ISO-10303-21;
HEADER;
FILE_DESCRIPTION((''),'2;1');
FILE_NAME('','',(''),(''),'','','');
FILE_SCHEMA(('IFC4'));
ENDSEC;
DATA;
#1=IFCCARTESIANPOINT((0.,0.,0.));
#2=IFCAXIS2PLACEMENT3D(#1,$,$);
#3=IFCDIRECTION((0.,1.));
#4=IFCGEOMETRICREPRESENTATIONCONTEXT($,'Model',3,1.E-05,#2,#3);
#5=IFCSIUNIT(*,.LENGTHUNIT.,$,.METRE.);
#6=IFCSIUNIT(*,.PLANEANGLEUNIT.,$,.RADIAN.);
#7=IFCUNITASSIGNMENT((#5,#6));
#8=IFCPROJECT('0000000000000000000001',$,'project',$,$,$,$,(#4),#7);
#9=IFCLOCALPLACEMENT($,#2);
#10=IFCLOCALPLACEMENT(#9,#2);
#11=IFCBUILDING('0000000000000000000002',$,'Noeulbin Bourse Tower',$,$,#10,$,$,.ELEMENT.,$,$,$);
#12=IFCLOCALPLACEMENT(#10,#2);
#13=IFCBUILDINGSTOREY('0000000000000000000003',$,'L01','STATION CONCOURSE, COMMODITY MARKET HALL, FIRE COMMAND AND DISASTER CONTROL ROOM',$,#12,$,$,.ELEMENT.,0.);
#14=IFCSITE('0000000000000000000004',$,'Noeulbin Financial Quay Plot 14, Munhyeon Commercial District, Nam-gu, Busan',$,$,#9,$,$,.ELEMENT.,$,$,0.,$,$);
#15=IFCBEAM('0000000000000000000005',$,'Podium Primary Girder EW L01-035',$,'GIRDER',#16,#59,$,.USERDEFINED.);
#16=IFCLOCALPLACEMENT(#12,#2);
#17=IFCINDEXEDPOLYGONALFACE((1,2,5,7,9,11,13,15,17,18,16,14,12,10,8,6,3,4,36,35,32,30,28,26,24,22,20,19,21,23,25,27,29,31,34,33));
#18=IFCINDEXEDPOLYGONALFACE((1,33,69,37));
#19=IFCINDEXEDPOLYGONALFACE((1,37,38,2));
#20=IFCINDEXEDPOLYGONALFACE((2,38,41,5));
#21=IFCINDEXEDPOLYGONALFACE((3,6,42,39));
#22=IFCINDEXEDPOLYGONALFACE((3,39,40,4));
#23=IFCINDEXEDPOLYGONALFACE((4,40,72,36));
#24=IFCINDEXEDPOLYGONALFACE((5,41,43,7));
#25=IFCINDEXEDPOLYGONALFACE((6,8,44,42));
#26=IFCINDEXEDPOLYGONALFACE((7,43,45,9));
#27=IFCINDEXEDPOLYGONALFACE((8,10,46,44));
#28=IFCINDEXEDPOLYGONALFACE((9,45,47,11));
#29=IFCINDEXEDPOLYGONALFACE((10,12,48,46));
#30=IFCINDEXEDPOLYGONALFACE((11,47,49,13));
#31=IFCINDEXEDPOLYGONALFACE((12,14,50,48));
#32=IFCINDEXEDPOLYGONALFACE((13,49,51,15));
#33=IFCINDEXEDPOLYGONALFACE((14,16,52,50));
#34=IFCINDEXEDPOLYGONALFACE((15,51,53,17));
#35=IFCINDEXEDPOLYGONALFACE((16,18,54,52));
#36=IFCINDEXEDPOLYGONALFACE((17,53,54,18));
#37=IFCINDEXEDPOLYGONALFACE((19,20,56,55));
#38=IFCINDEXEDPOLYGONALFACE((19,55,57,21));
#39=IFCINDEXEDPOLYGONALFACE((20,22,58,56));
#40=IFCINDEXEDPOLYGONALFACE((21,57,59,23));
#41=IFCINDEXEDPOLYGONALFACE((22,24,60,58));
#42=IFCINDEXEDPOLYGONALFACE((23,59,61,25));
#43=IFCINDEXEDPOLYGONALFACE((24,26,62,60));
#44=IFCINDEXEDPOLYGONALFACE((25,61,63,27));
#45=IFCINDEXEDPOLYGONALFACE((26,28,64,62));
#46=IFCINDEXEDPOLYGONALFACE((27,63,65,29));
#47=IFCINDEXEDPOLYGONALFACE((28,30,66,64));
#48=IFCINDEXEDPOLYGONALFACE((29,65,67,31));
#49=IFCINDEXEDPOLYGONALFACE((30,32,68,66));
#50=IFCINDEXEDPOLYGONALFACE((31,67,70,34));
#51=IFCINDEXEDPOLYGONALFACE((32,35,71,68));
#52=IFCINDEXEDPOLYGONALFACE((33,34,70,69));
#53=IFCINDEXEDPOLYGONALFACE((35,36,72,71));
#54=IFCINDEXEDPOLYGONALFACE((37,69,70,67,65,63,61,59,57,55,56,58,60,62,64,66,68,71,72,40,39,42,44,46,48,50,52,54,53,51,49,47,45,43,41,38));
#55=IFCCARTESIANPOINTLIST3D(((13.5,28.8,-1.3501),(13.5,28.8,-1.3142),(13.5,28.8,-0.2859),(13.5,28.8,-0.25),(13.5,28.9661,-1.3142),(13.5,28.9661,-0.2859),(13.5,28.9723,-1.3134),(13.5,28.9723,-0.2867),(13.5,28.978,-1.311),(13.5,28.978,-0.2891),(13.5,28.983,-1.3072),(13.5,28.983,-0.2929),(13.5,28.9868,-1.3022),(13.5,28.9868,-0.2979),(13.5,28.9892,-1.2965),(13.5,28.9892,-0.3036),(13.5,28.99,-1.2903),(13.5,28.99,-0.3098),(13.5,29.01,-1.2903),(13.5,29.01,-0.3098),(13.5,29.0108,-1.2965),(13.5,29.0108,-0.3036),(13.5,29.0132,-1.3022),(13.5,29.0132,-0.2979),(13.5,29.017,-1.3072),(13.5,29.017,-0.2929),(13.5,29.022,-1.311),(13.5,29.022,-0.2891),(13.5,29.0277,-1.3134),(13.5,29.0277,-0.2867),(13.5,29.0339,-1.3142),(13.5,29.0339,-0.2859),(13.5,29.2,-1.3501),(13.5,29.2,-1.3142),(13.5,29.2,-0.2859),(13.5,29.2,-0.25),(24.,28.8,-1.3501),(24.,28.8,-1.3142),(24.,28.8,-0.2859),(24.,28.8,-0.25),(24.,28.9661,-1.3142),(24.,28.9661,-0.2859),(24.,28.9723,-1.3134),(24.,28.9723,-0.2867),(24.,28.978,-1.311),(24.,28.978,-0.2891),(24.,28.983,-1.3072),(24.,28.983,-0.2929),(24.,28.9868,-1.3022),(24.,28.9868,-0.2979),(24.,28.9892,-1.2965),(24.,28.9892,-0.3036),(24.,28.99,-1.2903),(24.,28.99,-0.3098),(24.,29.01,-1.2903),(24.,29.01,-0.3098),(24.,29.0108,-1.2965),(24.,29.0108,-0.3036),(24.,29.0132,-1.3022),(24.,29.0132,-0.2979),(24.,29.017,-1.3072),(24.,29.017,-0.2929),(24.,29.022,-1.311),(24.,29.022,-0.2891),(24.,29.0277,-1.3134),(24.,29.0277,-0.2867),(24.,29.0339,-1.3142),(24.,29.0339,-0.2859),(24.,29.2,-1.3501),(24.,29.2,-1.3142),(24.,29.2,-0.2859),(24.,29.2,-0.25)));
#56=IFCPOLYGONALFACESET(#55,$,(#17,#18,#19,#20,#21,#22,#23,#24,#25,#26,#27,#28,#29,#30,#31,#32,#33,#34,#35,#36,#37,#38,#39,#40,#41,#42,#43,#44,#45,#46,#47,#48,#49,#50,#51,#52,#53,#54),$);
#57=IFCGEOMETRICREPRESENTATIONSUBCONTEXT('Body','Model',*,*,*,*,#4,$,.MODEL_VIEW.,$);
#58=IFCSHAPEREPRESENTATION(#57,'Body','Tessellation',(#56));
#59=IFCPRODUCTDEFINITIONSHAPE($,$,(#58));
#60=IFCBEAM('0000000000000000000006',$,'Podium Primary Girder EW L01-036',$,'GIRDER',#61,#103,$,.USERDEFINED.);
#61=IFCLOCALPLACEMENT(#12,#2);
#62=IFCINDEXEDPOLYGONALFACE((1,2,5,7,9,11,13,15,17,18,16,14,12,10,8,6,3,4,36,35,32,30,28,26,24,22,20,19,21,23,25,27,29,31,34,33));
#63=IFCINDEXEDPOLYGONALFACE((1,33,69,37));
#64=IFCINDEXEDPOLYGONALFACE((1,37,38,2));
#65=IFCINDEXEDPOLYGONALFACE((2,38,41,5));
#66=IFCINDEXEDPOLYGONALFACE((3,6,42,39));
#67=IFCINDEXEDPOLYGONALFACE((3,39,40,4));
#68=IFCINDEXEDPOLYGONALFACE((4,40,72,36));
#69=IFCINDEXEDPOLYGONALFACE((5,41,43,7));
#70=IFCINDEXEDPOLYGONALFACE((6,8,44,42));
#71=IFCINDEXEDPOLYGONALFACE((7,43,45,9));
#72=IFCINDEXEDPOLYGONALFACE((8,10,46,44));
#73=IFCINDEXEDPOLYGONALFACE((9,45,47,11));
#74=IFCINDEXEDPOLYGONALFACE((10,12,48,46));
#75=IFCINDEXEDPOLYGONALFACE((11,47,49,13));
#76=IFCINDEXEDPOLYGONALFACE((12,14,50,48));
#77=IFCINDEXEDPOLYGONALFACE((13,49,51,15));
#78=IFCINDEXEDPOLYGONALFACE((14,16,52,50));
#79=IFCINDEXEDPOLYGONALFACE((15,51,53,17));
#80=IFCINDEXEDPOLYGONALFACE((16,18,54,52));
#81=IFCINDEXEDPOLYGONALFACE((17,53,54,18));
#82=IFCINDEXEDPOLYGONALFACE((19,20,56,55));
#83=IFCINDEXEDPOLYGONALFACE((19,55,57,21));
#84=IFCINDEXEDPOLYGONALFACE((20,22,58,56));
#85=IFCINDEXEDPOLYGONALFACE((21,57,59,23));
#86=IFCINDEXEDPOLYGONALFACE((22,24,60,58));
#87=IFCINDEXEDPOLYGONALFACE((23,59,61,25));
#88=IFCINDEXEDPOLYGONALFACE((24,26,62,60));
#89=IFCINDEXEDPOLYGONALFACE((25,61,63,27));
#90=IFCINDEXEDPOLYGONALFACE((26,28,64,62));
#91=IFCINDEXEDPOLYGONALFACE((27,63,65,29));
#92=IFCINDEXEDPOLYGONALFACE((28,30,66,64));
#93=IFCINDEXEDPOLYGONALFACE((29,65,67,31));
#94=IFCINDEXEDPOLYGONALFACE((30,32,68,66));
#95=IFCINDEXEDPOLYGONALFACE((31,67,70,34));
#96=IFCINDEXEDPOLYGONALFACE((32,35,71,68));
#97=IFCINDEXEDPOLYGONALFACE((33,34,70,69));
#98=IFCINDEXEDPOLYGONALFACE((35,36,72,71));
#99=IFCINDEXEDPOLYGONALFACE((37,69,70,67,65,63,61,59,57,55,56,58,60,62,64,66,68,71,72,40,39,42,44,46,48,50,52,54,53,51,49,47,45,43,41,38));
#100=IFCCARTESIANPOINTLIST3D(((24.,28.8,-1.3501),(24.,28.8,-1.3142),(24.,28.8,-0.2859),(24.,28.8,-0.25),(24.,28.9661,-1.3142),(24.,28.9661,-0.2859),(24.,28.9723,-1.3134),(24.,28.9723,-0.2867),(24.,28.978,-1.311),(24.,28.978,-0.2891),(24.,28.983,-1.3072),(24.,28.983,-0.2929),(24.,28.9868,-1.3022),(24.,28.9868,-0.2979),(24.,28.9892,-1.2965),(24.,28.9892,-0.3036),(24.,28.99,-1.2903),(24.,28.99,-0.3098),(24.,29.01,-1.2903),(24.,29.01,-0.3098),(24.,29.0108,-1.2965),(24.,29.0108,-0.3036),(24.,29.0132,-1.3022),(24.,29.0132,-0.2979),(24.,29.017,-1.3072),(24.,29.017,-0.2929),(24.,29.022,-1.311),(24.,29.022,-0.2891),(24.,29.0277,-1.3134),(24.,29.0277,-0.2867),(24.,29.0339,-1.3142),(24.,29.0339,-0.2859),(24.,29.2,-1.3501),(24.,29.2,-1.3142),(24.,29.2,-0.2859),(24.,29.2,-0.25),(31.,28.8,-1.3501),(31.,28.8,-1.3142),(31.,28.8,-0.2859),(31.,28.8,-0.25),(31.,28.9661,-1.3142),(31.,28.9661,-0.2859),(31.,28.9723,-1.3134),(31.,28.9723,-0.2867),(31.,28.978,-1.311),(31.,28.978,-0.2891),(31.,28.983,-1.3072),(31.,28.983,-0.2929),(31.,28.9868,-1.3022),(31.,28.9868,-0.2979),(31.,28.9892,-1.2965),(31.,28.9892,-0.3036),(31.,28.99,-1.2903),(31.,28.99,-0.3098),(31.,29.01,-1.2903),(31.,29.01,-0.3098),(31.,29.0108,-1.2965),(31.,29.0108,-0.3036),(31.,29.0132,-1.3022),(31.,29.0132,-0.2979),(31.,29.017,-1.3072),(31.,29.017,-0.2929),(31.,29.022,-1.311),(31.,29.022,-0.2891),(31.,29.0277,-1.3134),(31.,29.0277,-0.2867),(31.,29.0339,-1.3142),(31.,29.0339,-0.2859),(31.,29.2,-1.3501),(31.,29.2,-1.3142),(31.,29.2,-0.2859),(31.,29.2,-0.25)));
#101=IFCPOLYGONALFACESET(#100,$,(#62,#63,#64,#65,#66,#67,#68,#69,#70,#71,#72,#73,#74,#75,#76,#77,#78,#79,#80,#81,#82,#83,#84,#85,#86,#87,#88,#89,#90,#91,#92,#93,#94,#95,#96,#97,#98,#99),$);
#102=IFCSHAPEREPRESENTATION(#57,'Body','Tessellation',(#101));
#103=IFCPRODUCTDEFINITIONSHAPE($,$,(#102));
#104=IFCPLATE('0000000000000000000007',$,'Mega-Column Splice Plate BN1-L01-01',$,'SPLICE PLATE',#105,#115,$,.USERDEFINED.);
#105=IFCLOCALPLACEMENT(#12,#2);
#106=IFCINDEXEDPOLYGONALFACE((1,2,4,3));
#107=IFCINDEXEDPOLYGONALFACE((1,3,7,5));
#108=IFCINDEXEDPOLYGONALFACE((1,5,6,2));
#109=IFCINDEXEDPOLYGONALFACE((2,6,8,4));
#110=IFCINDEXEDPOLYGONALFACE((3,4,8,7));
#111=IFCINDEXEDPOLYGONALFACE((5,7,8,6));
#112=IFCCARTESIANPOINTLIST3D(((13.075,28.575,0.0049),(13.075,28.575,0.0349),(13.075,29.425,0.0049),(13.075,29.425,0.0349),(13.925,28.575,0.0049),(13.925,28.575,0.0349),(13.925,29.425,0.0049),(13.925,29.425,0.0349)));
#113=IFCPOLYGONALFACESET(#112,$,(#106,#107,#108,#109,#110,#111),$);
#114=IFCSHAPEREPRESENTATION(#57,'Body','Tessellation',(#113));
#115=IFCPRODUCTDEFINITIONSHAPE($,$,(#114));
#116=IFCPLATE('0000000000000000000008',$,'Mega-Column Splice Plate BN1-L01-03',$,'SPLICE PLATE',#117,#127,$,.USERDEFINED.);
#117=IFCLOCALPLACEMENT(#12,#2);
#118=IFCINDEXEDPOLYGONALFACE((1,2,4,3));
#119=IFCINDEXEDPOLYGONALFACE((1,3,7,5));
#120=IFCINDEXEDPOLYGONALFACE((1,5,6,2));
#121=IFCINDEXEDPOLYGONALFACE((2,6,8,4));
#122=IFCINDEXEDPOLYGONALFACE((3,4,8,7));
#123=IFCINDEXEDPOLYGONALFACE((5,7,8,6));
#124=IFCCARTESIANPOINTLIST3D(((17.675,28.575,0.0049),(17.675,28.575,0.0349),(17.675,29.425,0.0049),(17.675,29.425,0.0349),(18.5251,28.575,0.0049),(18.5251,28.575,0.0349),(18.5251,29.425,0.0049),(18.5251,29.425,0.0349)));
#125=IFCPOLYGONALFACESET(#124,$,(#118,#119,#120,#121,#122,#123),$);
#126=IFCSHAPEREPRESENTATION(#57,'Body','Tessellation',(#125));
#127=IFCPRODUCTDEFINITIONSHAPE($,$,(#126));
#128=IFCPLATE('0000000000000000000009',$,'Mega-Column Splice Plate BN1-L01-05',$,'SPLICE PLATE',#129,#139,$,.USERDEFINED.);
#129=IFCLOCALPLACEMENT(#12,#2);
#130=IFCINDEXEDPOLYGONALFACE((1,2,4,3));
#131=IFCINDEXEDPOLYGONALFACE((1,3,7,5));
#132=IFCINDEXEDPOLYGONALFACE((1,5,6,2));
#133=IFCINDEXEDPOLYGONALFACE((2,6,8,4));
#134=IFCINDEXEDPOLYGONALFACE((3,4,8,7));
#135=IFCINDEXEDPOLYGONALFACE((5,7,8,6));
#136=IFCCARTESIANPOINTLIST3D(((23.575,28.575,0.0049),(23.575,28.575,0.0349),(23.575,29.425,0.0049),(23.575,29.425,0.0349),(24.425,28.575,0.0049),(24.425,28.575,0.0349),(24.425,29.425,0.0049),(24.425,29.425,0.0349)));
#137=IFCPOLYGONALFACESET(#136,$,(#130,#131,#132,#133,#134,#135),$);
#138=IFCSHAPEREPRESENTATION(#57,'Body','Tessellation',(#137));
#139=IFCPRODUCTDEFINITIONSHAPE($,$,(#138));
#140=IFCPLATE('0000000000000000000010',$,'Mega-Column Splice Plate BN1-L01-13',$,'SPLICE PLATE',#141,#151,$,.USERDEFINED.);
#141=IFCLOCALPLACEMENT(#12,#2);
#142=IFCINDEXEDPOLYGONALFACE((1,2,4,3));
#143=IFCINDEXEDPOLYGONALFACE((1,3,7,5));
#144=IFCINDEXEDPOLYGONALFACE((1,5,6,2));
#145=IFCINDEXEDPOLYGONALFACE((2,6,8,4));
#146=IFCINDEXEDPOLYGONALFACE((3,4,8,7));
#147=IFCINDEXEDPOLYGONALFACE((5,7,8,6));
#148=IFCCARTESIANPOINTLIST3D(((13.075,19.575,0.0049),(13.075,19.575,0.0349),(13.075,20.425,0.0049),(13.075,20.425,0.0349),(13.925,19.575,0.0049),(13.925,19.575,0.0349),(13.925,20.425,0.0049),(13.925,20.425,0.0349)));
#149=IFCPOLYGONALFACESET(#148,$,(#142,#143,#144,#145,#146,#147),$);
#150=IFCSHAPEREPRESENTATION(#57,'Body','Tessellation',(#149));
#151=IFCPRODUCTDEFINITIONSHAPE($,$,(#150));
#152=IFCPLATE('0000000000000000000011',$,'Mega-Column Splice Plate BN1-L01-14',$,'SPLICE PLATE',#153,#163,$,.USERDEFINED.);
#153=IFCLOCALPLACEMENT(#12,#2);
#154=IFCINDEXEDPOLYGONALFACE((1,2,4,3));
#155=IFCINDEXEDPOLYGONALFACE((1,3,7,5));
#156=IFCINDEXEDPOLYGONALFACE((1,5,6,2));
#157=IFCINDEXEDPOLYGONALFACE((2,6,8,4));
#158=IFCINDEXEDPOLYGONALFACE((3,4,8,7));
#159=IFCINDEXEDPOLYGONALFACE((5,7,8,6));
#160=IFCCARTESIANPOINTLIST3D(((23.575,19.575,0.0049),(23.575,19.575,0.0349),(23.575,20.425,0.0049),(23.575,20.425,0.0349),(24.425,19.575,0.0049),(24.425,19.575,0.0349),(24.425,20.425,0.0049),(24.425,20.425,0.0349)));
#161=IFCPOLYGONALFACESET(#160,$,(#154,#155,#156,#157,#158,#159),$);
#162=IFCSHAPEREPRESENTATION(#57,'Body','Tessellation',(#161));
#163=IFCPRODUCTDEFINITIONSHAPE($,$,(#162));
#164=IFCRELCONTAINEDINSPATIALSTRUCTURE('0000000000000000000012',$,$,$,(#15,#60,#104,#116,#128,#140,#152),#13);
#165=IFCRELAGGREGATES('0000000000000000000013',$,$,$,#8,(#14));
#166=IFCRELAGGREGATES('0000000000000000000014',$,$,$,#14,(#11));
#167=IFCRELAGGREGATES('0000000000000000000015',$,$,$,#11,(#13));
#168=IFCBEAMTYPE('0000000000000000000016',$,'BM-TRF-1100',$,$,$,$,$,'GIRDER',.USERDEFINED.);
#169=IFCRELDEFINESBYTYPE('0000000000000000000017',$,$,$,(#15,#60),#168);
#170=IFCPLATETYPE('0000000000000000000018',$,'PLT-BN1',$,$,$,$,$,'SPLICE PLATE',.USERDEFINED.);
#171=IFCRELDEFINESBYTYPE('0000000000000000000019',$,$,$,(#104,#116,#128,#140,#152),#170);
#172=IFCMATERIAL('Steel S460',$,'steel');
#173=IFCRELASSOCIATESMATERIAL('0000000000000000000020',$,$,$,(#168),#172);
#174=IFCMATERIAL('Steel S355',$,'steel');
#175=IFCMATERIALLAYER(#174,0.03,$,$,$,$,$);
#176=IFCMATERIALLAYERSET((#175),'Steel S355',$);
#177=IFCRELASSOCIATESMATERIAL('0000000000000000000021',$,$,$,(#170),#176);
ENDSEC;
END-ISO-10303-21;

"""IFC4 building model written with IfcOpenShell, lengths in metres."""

from ifc_helpers import new_model, si_unit, direction, frame, origin, origin_2d, place, context, subcontext, project, spatial, rectangle, i_section, extrude, material, layer, layer_set, material_profile, profile_set, type_object, element, save


model = new_model("IFC4")

# Units and contexts
model_context = context("Model", 3, precision=1e-05, world=origin(), true_north=direction((0.0, 1.0)))
body_context = subcontext(model_context, "Body", "Model", "MODEL_VIEW")
ifc_project = project(units=[si_unit("LENGTHUNIT", "METRE"), si_unit("PLANEANGLEUNIT", "RADIAN")], contexts=[model_context])

# Site, building, storey
site_placement = place(None, origin())
site = spatial("IfcSite", under=ifc_project, at=site_placement, Name="Noeulbin Financial Quay Plot 14, Munhyeon Commercial District, Nam-gu, Busan", CompositionType="ELEMENT", RefElevation=0.0)
building_placement = place(site_placement, origin())
building = spatial("IfcBuilding", under=site, at=building_placement, Name="Noeulbin Bourse Tower", CompositionType="ELEMENT")
storey_placement = place(building_placement, origin())
storey = spatial("IfcBuildingStorey", under=building, at=storey_placement, Name="L01", Description="STATION CONCOURSE, COMMODITY MARKET HALL, FIRE COMMAND AND DISASTER CONTROL ROOM", CompositionType="ELEMENT", Elevation=0.0)

# Shared definitions
ifc_material_1 = material(Name="Steel S460", Category="steel")

# Beams
ifc_material_2 = material(Name="Steel S355", Category="steel")
ifc_material_profile_1 = material_profile(ifc_material_1, i_section(OverallWidth=0.3999, OverallDepth=1.1001, WebThickness=0.02, FlangeThickness=0.0359, FilletRadius=0.0239, at=origin_2d()), Name="PG-1100x400x20x36", Category="LoadBearing")
ifc_profile_set_1 = profile_set([ifc_material_profile_1], Name="Steel S460")
beam_type_1 = type_object("IfcBeamType", Name="BM-TRF-1100", ElementType="GIRDER", PredefinedType="USERDEFINED", material=ifc_profile_set_1)
beam_1_placement = place(storey_placement, frame((13.5, 29.0, -0.8), z_axis=(1.0, 0.0, 0.0), x_axis=(0.0, 1.0, 0.0)))
element("IfcBeam", 1, at=beam_1_placement, inside=storey, type_object=beam_type_1, Name="Podium Primary Girder EW L01-035", ObjectType="GIRDER", PredefinedType="USERDEFINED", context=body_context, shape_type="SweptSolid", body=[
    extrude(i_section(OverallWidth=0.3999, OverallDepth=1.1001, WebThickness=0.02, FlangeThickness=0.0359, FilletRadius=0.0239, at=origin_2d()), origin(), (0.0, 0.0, 1.0), 10.5),
])
beam_2_placement = place(storey_placement, frame((24.0, 29.0, -0.8), z_axis=(1.0, 0.0, 0.0), x_axis=(0.0, 1.0, 0.0)))
element("IfcBeam", 2, at=beam_2_placement, inside=storey, type_object=beam_type_1, Name="Podium Primary Girder EW L01-036", ObjectType="GIRDER", PredefinedType="USERDEFINED", context=body_context, shape_type="SweptSolid", body=[
    extrude(i_section(OverallWidth=0.3999, OverallDepth=1.1001, WebThickness=0.02, FlangeThickness=0.0359, FilletRadius=0.0239, at=origin_2d()), origin(), (0.0, 0.0, 1.0), 7.0),
])

# Plates
ifc_layer_1 = layer(ifc_material_2, 0.03)
ifc_layer_set_1 = layer_set([ifc_layer_1], Name="Steel S355")
plate_type = type_object("IfcPlateType", Name="PLT-BN1", ElementType="SPLICE PLATE", PredefinedType="USERDEFINED", material=ifc_layer_set_1)
for number, where, z_axis, x_axis, name in (
    (3, (13.5, 29.0, 0.0049), (0.0, 0.0, 1.0), (1.0, 0.0, 0.0), "Mega-Column Splice Plate BN1-L01-01"),
    (4, (18.1001, 29.0, 0.0049), (0.0, 0.0, 1.0), (1.0, 0.0, 0.0), "Mega-Column Splice Plate BN1-L01-03"),
    (5, (24.0, 29.0, 0.0049), (0.0, 0.0, 1.0), (1.0, 0.0, 0.0), "Mega-Column Splice Plate BN1-L01-05"),
    (6, (13.5, 20.0, 0.0049), (0.0, 0.0, 1.0), (1.0, 0.0, 0.0), "Mega-Column Splice Plate BN1-L01-13"),
    (7, (24.0, 20.0, 0.0049), (0.0, 0.0, 1.0), (1.0, 0.0, 0.0), "Mega-Column Splice Plate BN1-L01-14"),
):
    element("IfcPlate", number, at=place(storey_placement, frame(where, z_axis=z_axis, x_axis=x_axis)), inside=storey, type_object=plate_type, Name=name, ObjectType="SPLICE PLATE", PredefinedType="USERDEFINED", context=body_context, shape_type="SweptSolid", body=[
        extrude(rectangle(XDim=0.8501, YDim=0.8501, at=origin_2d()), origin(), (0.0, 0.0, 1.0), 0.03),
    ])

save(model, "model.ifc")
